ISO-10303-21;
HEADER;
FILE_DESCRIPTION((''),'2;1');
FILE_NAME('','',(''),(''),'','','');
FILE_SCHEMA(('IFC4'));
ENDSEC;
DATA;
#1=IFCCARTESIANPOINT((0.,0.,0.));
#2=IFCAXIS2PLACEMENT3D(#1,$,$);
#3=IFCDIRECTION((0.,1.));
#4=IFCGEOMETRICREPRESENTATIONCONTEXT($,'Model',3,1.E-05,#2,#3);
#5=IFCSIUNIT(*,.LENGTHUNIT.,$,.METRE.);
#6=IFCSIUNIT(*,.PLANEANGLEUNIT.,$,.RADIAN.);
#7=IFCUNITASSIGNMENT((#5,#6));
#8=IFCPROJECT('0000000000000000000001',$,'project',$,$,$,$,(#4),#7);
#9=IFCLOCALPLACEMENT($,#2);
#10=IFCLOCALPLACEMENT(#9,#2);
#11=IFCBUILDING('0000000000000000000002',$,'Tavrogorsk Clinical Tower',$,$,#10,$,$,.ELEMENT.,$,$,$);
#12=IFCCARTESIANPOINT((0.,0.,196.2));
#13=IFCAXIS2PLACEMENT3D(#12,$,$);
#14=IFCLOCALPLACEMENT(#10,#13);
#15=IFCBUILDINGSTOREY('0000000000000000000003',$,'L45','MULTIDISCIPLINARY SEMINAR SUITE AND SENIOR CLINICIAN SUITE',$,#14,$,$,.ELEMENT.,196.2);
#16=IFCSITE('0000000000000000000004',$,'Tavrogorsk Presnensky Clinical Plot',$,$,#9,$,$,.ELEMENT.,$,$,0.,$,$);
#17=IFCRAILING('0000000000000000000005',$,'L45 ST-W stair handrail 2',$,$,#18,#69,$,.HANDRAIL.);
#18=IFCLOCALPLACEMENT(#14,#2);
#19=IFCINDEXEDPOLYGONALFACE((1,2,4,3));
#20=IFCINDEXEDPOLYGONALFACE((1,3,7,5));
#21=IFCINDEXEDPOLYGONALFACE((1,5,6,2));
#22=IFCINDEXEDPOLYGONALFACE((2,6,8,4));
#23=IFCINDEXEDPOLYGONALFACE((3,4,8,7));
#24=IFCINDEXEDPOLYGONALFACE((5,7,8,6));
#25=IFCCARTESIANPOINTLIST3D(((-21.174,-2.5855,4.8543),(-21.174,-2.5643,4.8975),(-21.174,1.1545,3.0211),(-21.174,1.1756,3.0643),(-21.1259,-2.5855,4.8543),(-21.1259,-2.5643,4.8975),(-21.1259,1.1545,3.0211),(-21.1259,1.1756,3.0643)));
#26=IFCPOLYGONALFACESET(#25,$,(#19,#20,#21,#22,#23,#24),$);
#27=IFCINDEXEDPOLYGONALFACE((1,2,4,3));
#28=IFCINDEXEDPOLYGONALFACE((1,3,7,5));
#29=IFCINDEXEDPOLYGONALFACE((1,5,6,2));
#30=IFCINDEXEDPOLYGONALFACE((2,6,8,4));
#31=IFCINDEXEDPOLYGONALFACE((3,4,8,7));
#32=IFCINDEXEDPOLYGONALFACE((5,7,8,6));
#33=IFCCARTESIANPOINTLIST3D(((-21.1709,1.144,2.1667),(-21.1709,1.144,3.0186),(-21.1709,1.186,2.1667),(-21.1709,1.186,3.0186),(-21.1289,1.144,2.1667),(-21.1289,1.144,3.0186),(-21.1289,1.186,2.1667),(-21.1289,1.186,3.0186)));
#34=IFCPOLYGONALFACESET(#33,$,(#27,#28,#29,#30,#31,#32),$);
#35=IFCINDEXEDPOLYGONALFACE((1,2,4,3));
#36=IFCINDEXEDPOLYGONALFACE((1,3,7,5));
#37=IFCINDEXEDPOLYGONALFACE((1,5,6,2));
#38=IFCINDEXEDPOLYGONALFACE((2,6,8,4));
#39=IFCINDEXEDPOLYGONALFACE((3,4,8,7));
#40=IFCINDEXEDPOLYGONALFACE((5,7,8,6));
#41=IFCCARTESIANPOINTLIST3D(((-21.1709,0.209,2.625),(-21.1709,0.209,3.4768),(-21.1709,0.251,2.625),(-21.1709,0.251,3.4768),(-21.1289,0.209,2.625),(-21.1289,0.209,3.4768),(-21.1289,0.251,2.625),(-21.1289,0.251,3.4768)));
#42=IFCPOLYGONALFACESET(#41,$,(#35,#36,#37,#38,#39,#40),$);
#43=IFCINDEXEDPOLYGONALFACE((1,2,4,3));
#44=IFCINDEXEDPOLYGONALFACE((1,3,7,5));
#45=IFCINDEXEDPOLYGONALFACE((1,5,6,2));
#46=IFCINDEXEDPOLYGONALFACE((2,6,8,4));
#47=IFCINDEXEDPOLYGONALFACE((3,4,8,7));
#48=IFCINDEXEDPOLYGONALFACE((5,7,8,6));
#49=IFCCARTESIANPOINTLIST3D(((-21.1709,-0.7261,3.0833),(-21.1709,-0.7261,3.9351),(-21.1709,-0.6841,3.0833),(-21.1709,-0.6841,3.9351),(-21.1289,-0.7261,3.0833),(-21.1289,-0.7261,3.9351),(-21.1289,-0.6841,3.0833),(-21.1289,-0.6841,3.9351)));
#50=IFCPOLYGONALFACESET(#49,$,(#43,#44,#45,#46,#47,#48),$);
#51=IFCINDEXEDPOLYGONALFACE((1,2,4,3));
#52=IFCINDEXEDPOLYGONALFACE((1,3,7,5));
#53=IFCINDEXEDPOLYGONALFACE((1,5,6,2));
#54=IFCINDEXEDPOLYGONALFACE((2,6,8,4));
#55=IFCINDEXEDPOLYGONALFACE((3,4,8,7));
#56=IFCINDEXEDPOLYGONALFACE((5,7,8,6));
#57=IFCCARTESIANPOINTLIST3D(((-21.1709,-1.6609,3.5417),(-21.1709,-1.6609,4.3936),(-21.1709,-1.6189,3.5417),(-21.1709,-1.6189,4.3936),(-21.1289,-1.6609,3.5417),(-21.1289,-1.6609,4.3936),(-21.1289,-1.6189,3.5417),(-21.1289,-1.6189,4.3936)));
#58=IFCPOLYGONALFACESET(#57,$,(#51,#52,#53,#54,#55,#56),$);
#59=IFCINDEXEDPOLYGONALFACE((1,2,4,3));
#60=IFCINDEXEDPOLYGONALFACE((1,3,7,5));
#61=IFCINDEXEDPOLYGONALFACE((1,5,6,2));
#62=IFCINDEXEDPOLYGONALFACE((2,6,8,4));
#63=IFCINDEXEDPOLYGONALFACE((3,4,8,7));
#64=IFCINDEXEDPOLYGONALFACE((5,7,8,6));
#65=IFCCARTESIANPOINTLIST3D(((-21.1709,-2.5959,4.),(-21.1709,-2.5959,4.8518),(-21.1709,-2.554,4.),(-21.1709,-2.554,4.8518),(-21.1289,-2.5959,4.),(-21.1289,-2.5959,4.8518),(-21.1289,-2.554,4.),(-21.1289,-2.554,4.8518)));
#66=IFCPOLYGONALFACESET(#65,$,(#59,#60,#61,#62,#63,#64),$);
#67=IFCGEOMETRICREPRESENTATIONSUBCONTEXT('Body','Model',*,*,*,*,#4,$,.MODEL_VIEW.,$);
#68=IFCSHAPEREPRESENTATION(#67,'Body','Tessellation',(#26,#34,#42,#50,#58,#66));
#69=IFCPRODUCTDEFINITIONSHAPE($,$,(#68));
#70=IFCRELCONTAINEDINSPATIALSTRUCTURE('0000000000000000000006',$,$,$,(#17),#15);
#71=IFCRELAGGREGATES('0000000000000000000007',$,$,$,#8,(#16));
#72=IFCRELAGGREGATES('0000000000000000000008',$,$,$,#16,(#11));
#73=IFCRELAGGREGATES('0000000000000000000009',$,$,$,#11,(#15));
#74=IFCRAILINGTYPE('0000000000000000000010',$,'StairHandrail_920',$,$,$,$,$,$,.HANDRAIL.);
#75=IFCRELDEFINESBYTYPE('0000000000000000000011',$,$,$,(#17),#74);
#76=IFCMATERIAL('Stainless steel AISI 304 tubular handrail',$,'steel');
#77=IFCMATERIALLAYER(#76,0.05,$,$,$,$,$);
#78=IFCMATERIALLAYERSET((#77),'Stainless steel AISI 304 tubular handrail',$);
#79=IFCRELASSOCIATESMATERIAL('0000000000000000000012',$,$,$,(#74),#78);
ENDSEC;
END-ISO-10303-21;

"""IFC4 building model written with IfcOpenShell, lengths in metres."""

from ifc_helpers import new_model, si_unit, direction, frame, origin, origin_2d, place, context, subcontext, project, spatial, rectangle, extrude, material, layer, layer_set, type_object, element, save


model = new_model("IFC4")

# Units and contexts
model_context = context("Model", 3, precision=1e-05, world=origin(), true_north=direction((0.0, 1.0)))
body_context = subcontext(model_context, "Body", "Model", "MODEL_VIEW")
ifc_project = project(units=[si_unit("LENGTHUNIT", "METRE"), si_unit("PLANEANGLEUNIT", "RADIAN")], contexts=[model_context])

# Site, building, storey
site_placement = place(None, origin())
site = spatial("IfcSite", under=ifc_project, at=site_placement, Name="Tavrogorsk Presnensky Clinical Plot", CompositionType="ELEMENT", RefElevation=0.0)
building_placement = place(site_placement, origin())
building = spatial("IfcBuilding", under=site, at=building_placement, Name="Tavrogorsk Clinical Tower", CompositionType="ELEMENT")
storey_placement = place(building_placement, frame((0.0, 0.0, 196.2)))
storey = spatial("IfcBuildingStorey", under=building, at=storey_placement, Name="L45", Description="MULTIDISCIPLINARY SEMINAR SUITE AND SENIOR CLINICIAN SUITE", CompositionType="ELEMENT", Elevation=196.2)

# Railing
ifc_material_1 = material(Name="Stainless steel AISI 304 tubular handrail", Category="steel")
ifc_layer_1 = layer(ifc_material_1, 0.05)
ifc_layer_set_1 = layer_set([ifc_layer_1], Name="Stainless steel AISI 304 tubular handrail")
railing_type_1 = type_object("IfcRailingType", Name="StairHandrail_920", PredefinedType="HANDRAIL", material=ifc_layer_set_1)
railing_1_placement = place(storey_placement, frame((-21.1499, 1.165, 2.1667)))
element("IfcRailing", 1, at=railing_1_placement, inside=storey, type_object=railing_type_1, Name="L45 ST-W stair handrail 2", PredefinedType="HANDRAIL", context=body_context, shape_type="SweptSolid", body=[
    extrude(rectangle(XDim=0.0481, YDim=0.0481, at=origin_2d()), frame((0.0, 0.0, 0.876), z_axis=(0.0, -0.897928, 0.440142), x_axis=(1.0, 0.0, 0.0)), (0.0, 0.0, 1.0), 4.165),
    extrude(rectangle(XDim=0.042, YDim=0.042, at=origin_2d()), origin(), (0.0, 0.0, 1.0), 0.8518),
    extrude(rectangle(XDim=0.042, YDim=0.042, at=origin_2d()), frame((0.0, -0.9351, 0.4583)), (0.0, 0.0, 1.0), 0.8518),
    extrude(rectangle(XDim=0.042, YDim=0.042, at=origin_2d()), frame((0.0, -1.8701, 0.9165)), (0.0, 0.0, 1.0), 0.8518),
    extrude(rectangle(XDim=0.042, YDim=0.042, at=origin_2d()), frame((0.0, -2.8049, 1.375)), (0.0, 0.0, 1.0), 0.8518),
    extrude(rectangle(XDim=0.042, YDim=0.042, at=origin_2d()), frame((0.0, -3.74, 1.8333)), (0.0, 0.0, 1.0), 0.8518),
])

save(model, "model.ifc")
